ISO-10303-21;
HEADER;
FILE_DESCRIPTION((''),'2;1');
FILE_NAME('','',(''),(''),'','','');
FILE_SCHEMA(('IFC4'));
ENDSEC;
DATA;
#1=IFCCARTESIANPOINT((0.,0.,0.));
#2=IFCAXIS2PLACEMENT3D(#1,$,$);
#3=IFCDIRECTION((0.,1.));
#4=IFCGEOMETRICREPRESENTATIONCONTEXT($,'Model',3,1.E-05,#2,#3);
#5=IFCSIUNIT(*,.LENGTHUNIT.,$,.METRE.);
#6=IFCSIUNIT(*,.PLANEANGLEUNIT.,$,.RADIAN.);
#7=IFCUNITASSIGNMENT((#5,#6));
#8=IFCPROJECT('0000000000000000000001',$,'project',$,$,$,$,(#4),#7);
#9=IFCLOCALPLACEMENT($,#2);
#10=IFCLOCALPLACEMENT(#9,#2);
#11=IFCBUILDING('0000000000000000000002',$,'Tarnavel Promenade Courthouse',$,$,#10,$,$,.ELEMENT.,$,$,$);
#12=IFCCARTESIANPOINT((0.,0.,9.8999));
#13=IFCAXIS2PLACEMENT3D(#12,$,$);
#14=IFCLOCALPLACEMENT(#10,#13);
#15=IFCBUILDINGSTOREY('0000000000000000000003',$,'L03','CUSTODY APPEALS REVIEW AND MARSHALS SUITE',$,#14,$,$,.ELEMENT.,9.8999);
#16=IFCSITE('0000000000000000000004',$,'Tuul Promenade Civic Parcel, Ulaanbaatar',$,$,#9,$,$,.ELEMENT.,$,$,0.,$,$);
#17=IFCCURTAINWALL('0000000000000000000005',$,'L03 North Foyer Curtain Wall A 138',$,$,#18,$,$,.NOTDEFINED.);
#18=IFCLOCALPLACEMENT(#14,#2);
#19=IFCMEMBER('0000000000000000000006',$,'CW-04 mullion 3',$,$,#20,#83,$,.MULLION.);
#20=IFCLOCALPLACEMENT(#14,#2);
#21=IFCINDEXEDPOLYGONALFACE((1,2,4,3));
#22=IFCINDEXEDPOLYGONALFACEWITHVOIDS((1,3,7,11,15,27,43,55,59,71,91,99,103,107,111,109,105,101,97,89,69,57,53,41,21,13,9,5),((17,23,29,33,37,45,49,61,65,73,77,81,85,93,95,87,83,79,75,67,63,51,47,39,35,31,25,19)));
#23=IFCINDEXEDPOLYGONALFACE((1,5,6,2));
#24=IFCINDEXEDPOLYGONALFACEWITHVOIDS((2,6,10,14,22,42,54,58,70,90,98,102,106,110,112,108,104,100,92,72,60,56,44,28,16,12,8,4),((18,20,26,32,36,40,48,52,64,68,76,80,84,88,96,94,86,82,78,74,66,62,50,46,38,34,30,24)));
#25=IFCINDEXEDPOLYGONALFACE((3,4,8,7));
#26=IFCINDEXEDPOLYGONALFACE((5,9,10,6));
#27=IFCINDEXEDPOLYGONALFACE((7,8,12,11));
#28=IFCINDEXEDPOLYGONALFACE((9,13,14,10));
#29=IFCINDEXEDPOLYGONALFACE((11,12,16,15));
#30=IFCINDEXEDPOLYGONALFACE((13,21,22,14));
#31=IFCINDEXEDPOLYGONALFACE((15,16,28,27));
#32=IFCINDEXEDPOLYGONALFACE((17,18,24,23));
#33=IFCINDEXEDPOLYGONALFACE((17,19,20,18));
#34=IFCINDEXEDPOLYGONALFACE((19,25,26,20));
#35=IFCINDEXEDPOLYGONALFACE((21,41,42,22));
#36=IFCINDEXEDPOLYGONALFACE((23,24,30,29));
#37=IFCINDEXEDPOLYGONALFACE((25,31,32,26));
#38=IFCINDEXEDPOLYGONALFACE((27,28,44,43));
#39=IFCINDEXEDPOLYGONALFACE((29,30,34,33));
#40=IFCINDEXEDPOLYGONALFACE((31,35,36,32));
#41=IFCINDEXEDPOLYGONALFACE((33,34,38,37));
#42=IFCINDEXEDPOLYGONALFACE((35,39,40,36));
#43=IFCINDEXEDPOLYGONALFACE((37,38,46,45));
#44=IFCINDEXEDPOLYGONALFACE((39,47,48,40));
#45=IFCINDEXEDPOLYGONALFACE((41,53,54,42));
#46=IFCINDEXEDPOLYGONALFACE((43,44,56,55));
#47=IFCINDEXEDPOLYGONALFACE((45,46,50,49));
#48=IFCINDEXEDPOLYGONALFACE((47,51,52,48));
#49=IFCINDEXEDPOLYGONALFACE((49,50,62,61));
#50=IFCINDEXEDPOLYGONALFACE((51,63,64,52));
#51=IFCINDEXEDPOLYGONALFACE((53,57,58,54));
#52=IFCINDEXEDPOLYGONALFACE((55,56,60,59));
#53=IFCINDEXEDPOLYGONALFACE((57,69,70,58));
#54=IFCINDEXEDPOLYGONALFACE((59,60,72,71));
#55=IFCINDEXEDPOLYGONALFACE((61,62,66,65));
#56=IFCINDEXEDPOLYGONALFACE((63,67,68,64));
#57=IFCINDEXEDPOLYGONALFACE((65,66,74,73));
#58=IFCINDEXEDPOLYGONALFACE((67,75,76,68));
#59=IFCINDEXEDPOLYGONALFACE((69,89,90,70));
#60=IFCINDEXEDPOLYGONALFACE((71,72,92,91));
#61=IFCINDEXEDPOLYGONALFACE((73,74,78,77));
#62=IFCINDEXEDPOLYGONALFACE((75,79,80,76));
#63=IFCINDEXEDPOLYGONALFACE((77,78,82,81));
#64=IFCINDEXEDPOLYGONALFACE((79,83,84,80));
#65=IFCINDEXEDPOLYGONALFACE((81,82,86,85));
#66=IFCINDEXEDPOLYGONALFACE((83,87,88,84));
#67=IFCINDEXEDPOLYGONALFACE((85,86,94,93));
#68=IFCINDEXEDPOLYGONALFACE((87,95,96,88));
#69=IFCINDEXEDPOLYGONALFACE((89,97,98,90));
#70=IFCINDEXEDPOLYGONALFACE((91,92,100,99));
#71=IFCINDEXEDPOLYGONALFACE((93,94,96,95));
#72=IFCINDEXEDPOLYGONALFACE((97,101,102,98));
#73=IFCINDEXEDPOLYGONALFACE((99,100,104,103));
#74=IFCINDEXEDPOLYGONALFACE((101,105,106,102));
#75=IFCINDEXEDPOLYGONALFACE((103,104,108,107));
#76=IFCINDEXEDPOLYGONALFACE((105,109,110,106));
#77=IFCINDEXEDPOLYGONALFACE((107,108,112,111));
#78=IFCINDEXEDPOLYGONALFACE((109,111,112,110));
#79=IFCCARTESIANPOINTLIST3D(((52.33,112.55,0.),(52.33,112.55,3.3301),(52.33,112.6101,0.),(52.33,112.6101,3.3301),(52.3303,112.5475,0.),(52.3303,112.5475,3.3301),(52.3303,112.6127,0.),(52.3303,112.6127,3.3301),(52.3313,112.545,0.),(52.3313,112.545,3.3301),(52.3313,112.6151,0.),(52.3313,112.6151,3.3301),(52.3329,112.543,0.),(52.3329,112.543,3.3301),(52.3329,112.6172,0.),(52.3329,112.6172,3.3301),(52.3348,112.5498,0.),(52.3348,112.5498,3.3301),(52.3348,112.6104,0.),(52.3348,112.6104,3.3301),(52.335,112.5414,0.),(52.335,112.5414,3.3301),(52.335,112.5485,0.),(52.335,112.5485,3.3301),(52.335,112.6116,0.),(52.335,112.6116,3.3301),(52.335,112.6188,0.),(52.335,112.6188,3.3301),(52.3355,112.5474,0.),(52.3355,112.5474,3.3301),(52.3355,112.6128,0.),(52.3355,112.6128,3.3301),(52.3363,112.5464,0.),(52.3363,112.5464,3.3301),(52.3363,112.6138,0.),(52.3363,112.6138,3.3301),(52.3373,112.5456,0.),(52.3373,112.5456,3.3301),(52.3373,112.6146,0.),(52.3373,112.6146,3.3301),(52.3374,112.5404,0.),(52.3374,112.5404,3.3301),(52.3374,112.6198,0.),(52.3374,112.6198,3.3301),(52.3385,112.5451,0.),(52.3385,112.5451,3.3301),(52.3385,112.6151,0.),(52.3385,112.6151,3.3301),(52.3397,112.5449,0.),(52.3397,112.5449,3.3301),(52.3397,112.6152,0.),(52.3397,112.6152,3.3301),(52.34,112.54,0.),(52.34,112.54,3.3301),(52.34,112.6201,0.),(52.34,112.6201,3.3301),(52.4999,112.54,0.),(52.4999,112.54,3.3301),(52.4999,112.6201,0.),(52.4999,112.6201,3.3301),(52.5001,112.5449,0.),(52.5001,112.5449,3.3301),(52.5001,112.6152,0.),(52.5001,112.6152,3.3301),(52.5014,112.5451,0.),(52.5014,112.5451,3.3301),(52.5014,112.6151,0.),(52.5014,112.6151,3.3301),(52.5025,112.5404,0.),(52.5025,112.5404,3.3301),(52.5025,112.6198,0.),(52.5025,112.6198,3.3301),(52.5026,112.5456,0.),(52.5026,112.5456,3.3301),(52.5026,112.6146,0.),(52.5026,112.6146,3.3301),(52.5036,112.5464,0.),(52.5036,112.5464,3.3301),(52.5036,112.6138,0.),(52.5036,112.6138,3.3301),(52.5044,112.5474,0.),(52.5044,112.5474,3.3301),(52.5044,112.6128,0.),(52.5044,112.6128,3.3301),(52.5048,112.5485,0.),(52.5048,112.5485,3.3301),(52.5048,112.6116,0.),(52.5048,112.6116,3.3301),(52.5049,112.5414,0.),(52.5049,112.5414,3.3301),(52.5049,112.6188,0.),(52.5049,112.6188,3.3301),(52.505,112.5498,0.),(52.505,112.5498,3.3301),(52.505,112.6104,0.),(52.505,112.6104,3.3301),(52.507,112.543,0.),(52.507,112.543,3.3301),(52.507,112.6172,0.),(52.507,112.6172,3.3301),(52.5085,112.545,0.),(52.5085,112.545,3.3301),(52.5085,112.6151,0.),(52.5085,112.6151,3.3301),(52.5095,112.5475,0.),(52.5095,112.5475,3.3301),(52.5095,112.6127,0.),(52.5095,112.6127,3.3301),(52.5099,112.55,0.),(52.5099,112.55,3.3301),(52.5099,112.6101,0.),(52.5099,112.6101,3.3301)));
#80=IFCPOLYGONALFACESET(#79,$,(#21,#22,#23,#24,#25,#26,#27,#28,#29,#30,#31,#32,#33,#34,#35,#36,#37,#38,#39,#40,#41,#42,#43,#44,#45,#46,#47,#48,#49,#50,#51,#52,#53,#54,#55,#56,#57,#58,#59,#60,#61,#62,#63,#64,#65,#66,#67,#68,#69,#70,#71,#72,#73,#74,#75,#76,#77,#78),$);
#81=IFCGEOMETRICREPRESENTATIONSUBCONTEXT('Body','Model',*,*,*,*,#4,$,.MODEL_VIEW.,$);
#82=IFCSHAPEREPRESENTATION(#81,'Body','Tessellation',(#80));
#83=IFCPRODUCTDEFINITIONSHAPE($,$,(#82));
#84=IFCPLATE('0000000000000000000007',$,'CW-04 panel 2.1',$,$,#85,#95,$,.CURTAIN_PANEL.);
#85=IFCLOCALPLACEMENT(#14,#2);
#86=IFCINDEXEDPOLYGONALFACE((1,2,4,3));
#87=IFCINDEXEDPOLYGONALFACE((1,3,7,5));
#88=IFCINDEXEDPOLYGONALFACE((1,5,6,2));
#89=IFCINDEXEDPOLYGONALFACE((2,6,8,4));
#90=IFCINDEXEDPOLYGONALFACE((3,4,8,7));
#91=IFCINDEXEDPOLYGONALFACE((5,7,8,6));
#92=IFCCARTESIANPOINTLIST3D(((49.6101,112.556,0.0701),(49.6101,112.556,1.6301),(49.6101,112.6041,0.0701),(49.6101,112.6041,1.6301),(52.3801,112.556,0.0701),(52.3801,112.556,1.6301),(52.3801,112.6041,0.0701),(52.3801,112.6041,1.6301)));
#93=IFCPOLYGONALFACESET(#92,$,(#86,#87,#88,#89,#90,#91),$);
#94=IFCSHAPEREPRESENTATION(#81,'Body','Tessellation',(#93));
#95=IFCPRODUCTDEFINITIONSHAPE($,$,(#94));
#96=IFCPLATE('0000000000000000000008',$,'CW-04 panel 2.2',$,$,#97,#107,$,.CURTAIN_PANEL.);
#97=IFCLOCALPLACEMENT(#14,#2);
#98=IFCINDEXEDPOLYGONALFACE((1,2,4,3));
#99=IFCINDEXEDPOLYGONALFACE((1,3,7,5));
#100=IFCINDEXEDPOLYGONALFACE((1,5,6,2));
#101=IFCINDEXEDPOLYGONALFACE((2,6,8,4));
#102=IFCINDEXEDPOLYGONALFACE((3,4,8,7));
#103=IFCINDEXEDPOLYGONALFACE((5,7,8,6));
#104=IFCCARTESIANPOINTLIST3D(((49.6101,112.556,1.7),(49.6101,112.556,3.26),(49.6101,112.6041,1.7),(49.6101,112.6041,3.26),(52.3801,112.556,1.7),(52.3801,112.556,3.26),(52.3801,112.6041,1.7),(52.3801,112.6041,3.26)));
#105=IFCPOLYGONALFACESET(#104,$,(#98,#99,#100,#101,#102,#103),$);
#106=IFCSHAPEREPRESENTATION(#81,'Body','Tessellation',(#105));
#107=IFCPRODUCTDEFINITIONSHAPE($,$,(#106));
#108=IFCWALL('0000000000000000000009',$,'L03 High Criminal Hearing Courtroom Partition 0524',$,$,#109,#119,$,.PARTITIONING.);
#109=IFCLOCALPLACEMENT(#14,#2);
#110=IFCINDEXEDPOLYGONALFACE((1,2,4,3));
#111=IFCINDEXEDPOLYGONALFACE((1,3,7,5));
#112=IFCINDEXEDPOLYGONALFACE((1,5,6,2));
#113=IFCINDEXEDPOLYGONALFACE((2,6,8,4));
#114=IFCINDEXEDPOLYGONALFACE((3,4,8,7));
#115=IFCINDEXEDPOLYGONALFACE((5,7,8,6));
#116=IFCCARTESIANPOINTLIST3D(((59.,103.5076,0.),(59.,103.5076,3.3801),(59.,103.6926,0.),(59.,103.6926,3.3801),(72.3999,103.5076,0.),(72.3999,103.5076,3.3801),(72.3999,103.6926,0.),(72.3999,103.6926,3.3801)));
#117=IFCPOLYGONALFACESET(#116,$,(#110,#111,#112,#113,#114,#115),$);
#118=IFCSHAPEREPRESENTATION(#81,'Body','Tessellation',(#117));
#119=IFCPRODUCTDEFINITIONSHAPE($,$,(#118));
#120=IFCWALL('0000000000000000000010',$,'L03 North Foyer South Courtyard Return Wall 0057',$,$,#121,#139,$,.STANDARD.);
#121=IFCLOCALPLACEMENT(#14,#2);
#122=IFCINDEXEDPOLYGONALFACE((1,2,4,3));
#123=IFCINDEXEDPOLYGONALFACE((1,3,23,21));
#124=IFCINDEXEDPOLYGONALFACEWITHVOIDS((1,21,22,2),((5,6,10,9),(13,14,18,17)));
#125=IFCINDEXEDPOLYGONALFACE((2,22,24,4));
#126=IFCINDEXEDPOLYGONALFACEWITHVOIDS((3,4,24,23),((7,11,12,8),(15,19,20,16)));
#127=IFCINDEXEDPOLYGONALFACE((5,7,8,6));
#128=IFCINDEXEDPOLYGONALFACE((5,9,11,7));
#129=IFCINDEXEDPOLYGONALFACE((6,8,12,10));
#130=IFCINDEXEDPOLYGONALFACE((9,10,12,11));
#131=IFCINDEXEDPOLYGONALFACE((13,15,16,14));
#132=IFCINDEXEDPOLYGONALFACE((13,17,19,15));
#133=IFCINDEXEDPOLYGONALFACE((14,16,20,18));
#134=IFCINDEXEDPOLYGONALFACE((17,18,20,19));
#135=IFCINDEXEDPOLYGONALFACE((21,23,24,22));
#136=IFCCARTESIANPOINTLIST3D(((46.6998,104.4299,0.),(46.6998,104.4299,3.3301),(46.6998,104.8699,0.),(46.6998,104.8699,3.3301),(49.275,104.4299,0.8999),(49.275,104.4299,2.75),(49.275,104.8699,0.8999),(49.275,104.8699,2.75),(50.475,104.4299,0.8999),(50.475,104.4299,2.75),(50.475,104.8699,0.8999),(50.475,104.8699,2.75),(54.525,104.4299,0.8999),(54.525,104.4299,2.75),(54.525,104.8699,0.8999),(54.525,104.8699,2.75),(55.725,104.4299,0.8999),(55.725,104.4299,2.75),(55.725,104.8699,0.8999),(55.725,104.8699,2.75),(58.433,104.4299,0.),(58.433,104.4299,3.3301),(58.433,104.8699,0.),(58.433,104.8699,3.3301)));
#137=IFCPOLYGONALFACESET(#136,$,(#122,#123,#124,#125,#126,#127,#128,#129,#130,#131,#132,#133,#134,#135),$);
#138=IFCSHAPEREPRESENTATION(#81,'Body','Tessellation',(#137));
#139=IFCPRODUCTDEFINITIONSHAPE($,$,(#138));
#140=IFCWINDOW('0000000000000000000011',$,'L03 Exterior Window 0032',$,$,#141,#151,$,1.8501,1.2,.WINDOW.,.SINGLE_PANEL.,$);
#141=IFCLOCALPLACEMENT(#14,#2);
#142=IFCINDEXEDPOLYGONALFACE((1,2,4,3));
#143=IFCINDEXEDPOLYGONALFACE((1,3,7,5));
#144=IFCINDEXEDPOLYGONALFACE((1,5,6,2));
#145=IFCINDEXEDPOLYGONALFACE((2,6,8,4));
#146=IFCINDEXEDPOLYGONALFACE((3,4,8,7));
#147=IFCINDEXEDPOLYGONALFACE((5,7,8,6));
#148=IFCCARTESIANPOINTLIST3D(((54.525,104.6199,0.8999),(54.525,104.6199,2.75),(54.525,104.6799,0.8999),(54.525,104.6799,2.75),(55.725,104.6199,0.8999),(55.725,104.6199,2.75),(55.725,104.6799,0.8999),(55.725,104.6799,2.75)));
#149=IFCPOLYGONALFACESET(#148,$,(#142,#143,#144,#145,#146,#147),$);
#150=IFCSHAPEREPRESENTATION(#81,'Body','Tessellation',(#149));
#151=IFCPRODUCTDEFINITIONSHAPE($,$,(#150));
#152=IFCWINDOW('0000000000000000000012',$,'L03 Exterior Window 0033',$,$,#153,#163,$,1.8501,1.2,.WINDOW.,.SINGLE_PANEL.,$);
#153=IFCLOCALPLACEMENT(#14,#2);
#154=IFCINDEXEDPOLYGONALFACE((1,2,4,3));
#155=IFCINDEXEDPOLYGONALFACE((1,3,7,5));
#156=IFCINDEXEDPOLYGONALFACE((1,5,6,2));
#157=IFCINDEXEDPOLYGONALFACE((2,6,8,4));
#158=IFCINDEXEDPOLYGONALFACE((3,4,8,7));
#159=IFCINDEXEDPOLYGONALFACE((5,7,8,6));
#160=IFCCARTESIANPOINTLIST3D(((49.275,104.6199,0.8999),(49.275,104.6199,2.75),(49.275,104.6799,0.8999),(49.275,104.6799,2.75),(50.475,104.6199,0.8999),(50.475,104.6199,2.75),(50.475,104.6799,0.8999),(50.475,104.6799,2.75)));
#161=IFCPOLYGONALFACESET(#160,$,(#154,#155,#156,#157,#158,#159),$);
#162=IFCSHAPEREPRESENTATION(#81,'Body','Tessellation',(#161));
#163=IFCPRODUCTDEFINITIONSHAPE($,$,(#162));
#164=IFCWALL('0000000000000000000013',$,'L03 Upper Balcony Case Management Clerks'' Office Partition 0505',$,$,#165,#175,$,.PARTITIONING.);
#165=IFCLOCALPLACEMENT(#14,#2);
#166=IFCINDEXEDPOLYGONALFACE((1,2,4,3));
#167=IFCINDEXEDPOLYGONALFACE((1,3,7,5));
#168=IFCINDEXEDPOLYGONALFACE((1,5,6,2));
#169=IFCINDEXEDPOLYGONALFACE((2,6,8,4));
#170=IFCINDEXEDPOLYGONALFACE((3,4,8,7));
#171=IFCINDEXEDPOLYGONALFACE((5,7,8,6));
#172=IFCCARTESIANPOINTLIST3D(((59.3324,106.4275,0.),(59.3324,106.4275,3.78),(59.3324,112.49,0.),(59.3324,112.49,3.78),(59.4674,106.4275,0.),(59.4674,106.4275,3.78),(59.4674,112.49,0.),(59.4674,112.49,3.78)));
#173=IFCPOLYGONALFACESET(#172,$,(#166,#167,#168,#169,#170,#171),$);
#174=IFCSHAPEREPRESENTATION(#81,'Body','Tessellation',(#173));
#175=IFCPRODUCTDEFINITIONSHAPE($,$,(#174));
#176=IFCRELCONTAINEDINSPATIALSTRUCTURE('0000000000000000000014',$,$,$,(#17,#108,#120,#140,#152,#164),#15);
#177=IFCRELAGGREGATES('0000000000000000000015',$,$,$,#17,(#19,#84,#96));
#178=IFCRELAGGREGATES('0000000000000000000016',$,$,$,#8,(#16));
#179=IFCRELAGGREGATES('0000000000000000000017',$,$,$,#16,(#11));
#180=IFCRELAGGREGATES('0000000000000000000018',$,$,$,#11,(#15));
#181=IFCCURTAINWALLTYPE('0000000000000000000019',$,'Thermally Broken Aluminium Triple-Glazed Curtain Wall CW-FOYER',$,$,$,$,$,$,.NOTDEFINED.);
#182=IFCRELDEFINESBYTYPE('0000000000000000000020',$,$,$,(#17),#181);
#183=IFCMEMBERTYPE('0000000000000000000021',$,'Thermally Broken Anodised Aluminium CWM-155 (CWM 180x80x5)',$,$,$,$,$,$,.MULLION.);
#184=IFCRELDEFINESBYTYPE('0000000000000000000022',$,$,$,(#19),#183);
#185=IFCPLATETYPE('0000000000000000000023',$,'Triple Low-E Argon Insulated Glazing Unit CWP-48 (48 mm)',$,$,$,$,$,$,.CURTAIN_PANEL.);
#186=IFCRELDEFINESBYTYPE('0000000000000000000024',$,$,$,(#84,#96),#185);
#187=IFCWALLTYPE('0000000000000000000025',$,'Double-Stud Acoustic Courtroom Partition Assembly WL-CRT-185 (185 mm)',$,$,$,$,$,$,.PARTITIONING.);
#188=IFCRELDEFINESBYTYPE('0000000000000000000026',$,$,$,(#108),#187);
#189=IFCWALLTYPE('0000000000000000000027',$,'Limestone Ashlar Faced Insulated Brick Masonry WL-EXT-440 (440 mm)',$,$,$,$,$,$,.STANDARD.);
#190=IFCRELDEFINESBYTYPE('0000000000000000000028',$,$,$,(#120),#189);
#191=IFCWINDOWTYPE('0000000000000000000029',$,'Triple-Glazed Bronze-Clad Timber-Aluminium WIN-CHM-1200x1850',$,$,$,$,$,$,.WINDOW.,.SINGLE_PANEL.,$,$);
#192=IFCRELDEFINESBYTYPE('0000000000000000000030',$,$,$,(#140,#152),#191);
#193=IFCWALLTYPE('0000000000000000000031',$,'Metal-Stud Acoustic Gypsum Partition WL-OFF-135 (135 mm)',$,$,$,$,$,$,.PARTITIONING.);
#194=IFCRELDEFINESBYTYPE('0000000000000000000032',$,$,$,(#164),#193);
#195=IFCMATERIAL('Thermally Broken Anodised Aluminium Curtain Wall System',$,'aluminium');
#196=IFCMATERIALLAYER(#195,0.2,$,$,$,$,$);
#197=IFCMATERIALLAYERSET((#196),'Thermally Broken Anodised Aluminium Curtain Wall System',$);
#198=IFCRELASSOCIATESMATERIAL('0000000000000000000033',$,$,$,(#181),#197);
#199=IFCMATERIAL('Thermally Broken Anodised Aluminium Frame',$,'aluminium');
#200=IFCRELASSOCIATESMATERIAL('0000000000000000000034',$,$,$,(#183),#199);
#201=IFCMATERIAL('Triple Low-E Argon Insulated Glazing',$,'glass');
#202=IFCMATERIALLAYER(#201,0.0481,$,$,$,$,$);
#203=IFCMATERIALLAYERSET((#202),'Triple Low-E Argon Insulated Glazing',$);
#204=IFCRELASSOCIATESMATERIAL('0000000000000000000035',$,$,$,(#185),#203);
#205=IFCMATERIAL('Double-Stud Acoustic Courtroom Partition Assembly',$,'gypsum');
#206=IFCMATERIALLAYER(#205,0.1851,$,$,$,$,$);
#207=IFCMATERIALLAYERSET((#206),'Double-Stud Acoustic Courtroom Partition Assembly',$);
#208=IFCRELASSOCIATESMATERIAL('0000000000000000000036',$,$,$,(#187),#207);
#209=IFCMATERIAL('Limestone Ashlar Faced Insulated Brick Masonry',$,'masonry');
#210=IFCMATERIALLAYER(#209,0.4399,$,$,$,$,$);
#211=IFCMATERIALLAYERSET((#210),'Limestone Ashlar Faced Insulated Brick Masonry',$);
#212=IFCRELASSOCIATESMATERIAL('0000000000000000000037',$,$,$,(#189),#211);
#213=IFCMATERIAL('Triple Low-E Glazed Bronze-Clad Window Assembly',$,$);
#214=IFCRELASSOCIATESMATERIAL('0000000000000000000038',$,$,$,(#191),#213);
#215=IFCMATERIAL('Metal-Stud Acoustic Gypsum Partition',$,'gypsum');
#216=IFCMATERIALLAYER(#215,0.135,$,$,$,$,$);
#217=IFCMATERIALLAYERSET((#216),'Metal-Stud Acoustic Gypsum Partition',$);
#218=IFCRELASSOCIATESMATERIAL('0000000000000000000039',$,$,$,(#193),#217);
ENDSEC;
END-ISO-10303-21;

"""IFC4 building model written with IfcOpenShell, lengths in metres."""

from ifc_helpers import new_model, si_unit, direction, frame, frame_2d, origin, origin_2d, place, context, subcontext, project, spatial, rectangle, hollow_rectangle, extrude, material, layer, layer_set, material_profile, profile_set, type_object, element, fill, aggregate, save


model = new_model("IFC4")

# Units and contexts
model_context = context("Model", 3, precision=1e-05, world=origin(), true_north=direction((0.0, 1.0)))
body_context = subcontext(model_context, "Body", "Model", "MODEL_VIEW")
ifc_project = project(units=[si_unit("LENGTHUNIT", "METRE"), si_unit("PLANEANGLEUNIT", "RADIAN")], contexts=[model_context])

# Site, building, storey
site_placement = place(None, origin())
site = spatial("IfcSite", under=ifc_project, at=site_placement, Name="Tuul Promenade Civic Parcel, Ulaanbaatar", CompositionType="ELEMENT", RefElevation=0.0)
building_placement = place(site_placement, origin())
building = spatial("IfcBuilding", under=site, at=building_placement, Name="Tarnavel Promenade Courthouse", CompositionType="ELEMENT")
storey_placement = place(building_placement, frame((0.0, 0.0, 9.8999)))
storey = spatial("IfcBuildingStorey", under=building, at=storey_placement, Name="L03", Description="CUSTODY APPEALS REVIEW AND MARSHALS SUITE", CompositionType="ELEMENT", Elevation=9.8999)

# Curtain wall, member, plates
ifc_material_1 = material(Name="Thermally Broken Anodised Aluminium Curtain Wall System", Category="aluminium")
ifc_layer_1 = layer(ifc_material_1, 0.2)
ifc_layer_set_1 = layer_set([ifc_layer_1], Name="Thermally Broken Anodised Aluminium Curtain Wall System")
curtain_wall_type = type_object("IfcCurtainWallType", Name="Thermally Broken Aluminium Triple-Glazed Curtain Wall CW-FOYER", PredefinedType="NOTDEFINED", material=ifc_layer_set_1)
curtain_wall_placement = place(storey_placement, origin())
curtain_wall = element("IfcCurtainWall", 1, at=curtain_wall_placement, inside=storey, type_object=curtain_wall_type, Name="L03 North Foyer Curtain Wall A 138", PredefinedType="NOTDEFINED")
ifc_material_2 = material(Name="Thermally Broken Anodised Aluminium Frame", Category="aluminium")
ifc_material_profile_1 = material_profile(ifc_material_2, hollow_rectangle(XDim=0.0801, YDim=0.1799, WallThickness=0.0049, InnerFilletRadius=0.0049, OuterFilletRadius=0.01, at=origin_2d()), Name="CWM 180x80x5")
ifc_profile_set_1 = profile_set([ifc_material_profile_1], Name="Thermally Broken Anodised Aluminium Frame")
member_type = type_object("IfcMemberType", Name="Thermally Broken Anodised Aluminium CWM-155 (CWM 180x80x5)", PredefinedType="MULLION", material=ifc_profile_set_1)
member_placement = place(storey_placement, frame((52.4199, 112.5801, 0.0), z_axis=(0.0, 0.0, 1.0), x_axis=(0.0, 1.0, 0.0)))
member = element("IfcMember", 2, at=member_placement, type_object=member_type, Name="CW-04 mullion 3", PredefinedType="MULLION", context=body_context, shape_type="SweptSolid", body=[
    extrude(hollow_rectangle(XDim=0.0801, YDim=0.1799, WallThickness=0.0049, InnerFilletRadius=0.0049, OuterFilletRadius=0.01, at=origin_2d()), origin(), (0.0, 0.0, 1.0), 3.3301),
])
ifc_material_3 = material(Name="Triple Low-E Argon Insulated Glazing", Category="glass")
ifc_layer_2 = layer(ifc_material_3, 0.0481)
ifc_layer_set_2 = layer_set([ifc_layer_2], Name="Triple Low-E Argon Insulated Glazing")
plate_type = type_object("IfcPlateType", Name="Triple Low-E Argon Insulated Glazing Unit CWP-48 (48 mm)", PredefinedType="CURTAIN_PANEL", material=ifc_layer_set_2)
plate_1_placement = place(storey_placement, frame((50.9951, 112.5801, 0.0701), z_axis=(0.0, 0.0, 1.0), x_axis=(1.0, 0.0, 0.0)))
plate_1 = element("IfcPlate", 3, at=plate_1_placement, type_object=plate_type, Name="CW-04 panel 2.1", PredefinedType="CURTAIN_PANEL", context=body_context, shape_type="SweptSolid", body=[
    extrude(rectangle(XDim=2.77, YDim=0.0481, at=origin_2d()), origin(), (0.0, 0.0, 1.0), 1.5601),
])
plate_2_placement = place(storey_placement, frame((50.9951, 112.5801, 1.7), z_axis=(0.0, 0.0, 1.0), x_axis=(1.0, 0.0, 0.0)))
plate_2 = element("IfcPlate", 4, at=plate_2_placement, type_object=plate_type, Name="CW-04 panel 2.2", PredefinedType="CURTAIN_PANEL", context=body_context, shape_type="SweptSolid", body=[
    extrude(rectangle(XDim=2.77, YDim=0.0481, at=origin_2d()), origin(), (0.0, 0.0, 1.0), 1.5601),
])
aggregate(curtain_wall, [member, plate_1, plate_2])

# Wall
ifc_material_4 = material(Name="Double-Stud Acoustic Courtroom Partition Assembly", Category="gypsum")
ifc_layer_3 = layer(ifc_material_4, 0.1851)
ifc_layer_set_3 = layer_set([ifc_layer_3], Name="Double-Stud Acoustic Courtroom Partition Assembly")
wall_type_1 = type_object("IfcWallType", Name="Double-Stud Acoustic Courtroom Partition Assembly WL-CRT-185 (185 mm)", PredefinedType="PARTITIONING", material=ifc_layer_set_3)
wall_1_placement = place(storey_placement, frame((59.0, 103.6001, 0.0), z_axis=(0.0, 0.0, 1.0), x_axis=(1.0, 0.0, 0.0)))
element("IfcWall", 5, at=wall_1_placement, inside=storey, type_object=wall_type_1, Name="L03 High Criminal Hearing Courtroom Partition 0524", PredefinedType="PARTITIONING", context=body_context, shape_type="SweptSolid", body=[
    extrude(rectangle(XDim=13.3999, YDim=0.1851, at=frame_2d((6.7, 0.0))), origin(), (0.0, 0.0, 1.0), 3.3801),
])

# Wall, openings, windows
ifc_material_5 = material(Name="Limestone Ashlar Faced Insulated Brick Masonry", Category="masonry")
ifc_layer_4 = layer(ifc_material_5, 0.4399)
ifc_layer_set_4 = layer_set([ifc_layer_4], Name="Limestone Ashlar Faced Insulated Brick Masonry")
wall_type_2 = type_object("IfcWallType", Name="Limestone Ashlar Faced Insulated Brick Masonry WL-EXT-440 (440 mm)", PredefinedType="STANDARD", material=ifc_layer_set_4)
wall_2_placement = place(storey_placement, frame((58.4331, 104.6499, 0.0), z_axis=(0.0, 0.0, 1.0), x_axis=(-1.0, 0.0, 0.0)))
wall_2 = element("IfcWall", 6, at=wall_2_placement, inside=storey, type_object=wall_type_2, Name="L03 North Foyer South Courtyard Return Wall 0057", PredefinedType="STANDARD", context=body_context, shape_type="SweptSolid", body=[
    extrude(rectangle(XDim=11.7332, YDim=0.4399, at=frame_2d((5.8667, 0.0))), origin(), (0.0, 0.0, 1.0), 3.3301),
])
opening_1_placement = place(wall_2_placement, frame((2.708, 0.0, 0.8999)))
opening_1 = element("IfcOpeningElement", 7, at=opening_1_placement, cuts=wall_2, PredefinedType="OPENING", context=body_context, shape_type="SweptSolid", body=[
    extrude(rectangle(XDim=1.2, YDim=1.8501, at=frame_2d((0.6001, 0.925))), frame((0.0, 0.23, 0.0), z_axis=(0.0, -1.0, 0.0), x_axis=(1.0, 0.0, 0.0)), (0.0, 0.0, 1.0), 0.46),
])
opening_2_placement = place(wall_2_placement, frame((7.958, 0.0, 0.8999)))
opening_2 = element("IfcOpeningElement", 8, at=opening_2_placement, cuts=wall_2, PredefinedType="OPENING", context=body_context, shape_type="SweptSolid", body=[
    extrude(rectangle(XDim=1.2, YDim=1.8501, at=frame_2d((0.6001, 0.925))), frame((0.0, 0.23, 0.0), z_axis=(0.0, -1.0, 0.0), x_axis=(1.0, 0.0, 0.0)), (0.0, 0.0, 1.0), 0.46),
])
ifc_material_6 = material(Name="Triple Low-E Glazed Bronze-Clad Window Assembly")
window_type_1 = type_object("IfcWindowType", Name="Triple-Glazed Bronze-Clad Timber-Aluminium WIN-CHM-1200x1850", PartitioningType="SINGLE_PANEL", PredefinedType="WINDOW", material=ifc_material_6)
window_1_placement = place(opening_1_placement, origin())
window_1 = element("IfcWindow", 9, at=window_1_placement, inside=storey, type_object=window_type_1, Name="L03 Exterior Window 0032", OverallHeight=1.8501, OverallWidth=1.2, PartitioningType="SINGLE_PANEL", PredefinedType="WINDOW", context=body_context, shape_type="SweptSolid", body=[
    extrude(rectangle(XDim=1.2, YDim=1.8501, at=frame_2d((0.6001, 0.925))), frame((0.0, 0.03, 0.0), z_axis=(0.0, -1.0, 0.0), x_axis=(1.0, 0.0, 0.0)), (0.0, 0.0, 1.0), 0.0601),
])
fill(opening_1, window_1)
window_2_placement = place(opening_2_placement, origin())
window_2 = element("IfcWindow", 10, at=window_2_placement, inside=storey, type_object=window_type_1, Name="L03 Exterior Window 0033", OverallHeight=1.8501, OverallWidth=1.2, PartitioningType="SINGLE_PANEL", PredefinedType="WINDOW", context=body_context, shape_type="SweptSolid", body=[
    extrude(rectangle(XDim=1.2, YDim=1.8501, at=frame_2d((0.6001, 0.925))), frame((0.0, 0.03, 0.0), z_axis=(0.0, -1.0, 0.0), x_axis=(1.0, 0.0, 0.0)), (0.0, 0.0, 1.0), 0.0601),
])
fill(opening_2, window_2)

# Wall
ifc_material_7 = material(Name="Metal-Stud Acoustic Gypsum Partition", Category="gypsum")
ifc_layer_5 = layer(ifc_material_7, 0.135)
ifc_layer_set_5 = layer_set([ifc_layer_5], Name="Metal-Stud Acoustic Gypsum Partition")
wall_type_3 = type_object("IfcWallType", Name="Metal-Stud Acoustic Gypsum Partition WL-OFF-135 (135 mm)", PredefinedType="PARTITIONING", material=ifc_layer_set_5)
wall_3_placement = place(storey_placement, frame((59.3999, 106.4275, 0.0), z_axis=(0.0, 0.0, 1.0), x_axis=(0.0, 1.0, 0.0)))
element("IfcWall", 11, at=wall_3_placement, inside=storey, type_object=wall_type_3, Name="L03 Upper Balcony Case Management Clerks' Office Partition 0505", PredefinedType="PARTITIONING", context=body_context, shape_type="SweptSolid", body=[
    extrude(rectangle(XDim=6.0625, YDim=0.135, at=frame_2d((3.0312, 0.0))), origin(), (0.0, 0.0, 1.0), 3.78),
])

save(model, "model.ifc")
